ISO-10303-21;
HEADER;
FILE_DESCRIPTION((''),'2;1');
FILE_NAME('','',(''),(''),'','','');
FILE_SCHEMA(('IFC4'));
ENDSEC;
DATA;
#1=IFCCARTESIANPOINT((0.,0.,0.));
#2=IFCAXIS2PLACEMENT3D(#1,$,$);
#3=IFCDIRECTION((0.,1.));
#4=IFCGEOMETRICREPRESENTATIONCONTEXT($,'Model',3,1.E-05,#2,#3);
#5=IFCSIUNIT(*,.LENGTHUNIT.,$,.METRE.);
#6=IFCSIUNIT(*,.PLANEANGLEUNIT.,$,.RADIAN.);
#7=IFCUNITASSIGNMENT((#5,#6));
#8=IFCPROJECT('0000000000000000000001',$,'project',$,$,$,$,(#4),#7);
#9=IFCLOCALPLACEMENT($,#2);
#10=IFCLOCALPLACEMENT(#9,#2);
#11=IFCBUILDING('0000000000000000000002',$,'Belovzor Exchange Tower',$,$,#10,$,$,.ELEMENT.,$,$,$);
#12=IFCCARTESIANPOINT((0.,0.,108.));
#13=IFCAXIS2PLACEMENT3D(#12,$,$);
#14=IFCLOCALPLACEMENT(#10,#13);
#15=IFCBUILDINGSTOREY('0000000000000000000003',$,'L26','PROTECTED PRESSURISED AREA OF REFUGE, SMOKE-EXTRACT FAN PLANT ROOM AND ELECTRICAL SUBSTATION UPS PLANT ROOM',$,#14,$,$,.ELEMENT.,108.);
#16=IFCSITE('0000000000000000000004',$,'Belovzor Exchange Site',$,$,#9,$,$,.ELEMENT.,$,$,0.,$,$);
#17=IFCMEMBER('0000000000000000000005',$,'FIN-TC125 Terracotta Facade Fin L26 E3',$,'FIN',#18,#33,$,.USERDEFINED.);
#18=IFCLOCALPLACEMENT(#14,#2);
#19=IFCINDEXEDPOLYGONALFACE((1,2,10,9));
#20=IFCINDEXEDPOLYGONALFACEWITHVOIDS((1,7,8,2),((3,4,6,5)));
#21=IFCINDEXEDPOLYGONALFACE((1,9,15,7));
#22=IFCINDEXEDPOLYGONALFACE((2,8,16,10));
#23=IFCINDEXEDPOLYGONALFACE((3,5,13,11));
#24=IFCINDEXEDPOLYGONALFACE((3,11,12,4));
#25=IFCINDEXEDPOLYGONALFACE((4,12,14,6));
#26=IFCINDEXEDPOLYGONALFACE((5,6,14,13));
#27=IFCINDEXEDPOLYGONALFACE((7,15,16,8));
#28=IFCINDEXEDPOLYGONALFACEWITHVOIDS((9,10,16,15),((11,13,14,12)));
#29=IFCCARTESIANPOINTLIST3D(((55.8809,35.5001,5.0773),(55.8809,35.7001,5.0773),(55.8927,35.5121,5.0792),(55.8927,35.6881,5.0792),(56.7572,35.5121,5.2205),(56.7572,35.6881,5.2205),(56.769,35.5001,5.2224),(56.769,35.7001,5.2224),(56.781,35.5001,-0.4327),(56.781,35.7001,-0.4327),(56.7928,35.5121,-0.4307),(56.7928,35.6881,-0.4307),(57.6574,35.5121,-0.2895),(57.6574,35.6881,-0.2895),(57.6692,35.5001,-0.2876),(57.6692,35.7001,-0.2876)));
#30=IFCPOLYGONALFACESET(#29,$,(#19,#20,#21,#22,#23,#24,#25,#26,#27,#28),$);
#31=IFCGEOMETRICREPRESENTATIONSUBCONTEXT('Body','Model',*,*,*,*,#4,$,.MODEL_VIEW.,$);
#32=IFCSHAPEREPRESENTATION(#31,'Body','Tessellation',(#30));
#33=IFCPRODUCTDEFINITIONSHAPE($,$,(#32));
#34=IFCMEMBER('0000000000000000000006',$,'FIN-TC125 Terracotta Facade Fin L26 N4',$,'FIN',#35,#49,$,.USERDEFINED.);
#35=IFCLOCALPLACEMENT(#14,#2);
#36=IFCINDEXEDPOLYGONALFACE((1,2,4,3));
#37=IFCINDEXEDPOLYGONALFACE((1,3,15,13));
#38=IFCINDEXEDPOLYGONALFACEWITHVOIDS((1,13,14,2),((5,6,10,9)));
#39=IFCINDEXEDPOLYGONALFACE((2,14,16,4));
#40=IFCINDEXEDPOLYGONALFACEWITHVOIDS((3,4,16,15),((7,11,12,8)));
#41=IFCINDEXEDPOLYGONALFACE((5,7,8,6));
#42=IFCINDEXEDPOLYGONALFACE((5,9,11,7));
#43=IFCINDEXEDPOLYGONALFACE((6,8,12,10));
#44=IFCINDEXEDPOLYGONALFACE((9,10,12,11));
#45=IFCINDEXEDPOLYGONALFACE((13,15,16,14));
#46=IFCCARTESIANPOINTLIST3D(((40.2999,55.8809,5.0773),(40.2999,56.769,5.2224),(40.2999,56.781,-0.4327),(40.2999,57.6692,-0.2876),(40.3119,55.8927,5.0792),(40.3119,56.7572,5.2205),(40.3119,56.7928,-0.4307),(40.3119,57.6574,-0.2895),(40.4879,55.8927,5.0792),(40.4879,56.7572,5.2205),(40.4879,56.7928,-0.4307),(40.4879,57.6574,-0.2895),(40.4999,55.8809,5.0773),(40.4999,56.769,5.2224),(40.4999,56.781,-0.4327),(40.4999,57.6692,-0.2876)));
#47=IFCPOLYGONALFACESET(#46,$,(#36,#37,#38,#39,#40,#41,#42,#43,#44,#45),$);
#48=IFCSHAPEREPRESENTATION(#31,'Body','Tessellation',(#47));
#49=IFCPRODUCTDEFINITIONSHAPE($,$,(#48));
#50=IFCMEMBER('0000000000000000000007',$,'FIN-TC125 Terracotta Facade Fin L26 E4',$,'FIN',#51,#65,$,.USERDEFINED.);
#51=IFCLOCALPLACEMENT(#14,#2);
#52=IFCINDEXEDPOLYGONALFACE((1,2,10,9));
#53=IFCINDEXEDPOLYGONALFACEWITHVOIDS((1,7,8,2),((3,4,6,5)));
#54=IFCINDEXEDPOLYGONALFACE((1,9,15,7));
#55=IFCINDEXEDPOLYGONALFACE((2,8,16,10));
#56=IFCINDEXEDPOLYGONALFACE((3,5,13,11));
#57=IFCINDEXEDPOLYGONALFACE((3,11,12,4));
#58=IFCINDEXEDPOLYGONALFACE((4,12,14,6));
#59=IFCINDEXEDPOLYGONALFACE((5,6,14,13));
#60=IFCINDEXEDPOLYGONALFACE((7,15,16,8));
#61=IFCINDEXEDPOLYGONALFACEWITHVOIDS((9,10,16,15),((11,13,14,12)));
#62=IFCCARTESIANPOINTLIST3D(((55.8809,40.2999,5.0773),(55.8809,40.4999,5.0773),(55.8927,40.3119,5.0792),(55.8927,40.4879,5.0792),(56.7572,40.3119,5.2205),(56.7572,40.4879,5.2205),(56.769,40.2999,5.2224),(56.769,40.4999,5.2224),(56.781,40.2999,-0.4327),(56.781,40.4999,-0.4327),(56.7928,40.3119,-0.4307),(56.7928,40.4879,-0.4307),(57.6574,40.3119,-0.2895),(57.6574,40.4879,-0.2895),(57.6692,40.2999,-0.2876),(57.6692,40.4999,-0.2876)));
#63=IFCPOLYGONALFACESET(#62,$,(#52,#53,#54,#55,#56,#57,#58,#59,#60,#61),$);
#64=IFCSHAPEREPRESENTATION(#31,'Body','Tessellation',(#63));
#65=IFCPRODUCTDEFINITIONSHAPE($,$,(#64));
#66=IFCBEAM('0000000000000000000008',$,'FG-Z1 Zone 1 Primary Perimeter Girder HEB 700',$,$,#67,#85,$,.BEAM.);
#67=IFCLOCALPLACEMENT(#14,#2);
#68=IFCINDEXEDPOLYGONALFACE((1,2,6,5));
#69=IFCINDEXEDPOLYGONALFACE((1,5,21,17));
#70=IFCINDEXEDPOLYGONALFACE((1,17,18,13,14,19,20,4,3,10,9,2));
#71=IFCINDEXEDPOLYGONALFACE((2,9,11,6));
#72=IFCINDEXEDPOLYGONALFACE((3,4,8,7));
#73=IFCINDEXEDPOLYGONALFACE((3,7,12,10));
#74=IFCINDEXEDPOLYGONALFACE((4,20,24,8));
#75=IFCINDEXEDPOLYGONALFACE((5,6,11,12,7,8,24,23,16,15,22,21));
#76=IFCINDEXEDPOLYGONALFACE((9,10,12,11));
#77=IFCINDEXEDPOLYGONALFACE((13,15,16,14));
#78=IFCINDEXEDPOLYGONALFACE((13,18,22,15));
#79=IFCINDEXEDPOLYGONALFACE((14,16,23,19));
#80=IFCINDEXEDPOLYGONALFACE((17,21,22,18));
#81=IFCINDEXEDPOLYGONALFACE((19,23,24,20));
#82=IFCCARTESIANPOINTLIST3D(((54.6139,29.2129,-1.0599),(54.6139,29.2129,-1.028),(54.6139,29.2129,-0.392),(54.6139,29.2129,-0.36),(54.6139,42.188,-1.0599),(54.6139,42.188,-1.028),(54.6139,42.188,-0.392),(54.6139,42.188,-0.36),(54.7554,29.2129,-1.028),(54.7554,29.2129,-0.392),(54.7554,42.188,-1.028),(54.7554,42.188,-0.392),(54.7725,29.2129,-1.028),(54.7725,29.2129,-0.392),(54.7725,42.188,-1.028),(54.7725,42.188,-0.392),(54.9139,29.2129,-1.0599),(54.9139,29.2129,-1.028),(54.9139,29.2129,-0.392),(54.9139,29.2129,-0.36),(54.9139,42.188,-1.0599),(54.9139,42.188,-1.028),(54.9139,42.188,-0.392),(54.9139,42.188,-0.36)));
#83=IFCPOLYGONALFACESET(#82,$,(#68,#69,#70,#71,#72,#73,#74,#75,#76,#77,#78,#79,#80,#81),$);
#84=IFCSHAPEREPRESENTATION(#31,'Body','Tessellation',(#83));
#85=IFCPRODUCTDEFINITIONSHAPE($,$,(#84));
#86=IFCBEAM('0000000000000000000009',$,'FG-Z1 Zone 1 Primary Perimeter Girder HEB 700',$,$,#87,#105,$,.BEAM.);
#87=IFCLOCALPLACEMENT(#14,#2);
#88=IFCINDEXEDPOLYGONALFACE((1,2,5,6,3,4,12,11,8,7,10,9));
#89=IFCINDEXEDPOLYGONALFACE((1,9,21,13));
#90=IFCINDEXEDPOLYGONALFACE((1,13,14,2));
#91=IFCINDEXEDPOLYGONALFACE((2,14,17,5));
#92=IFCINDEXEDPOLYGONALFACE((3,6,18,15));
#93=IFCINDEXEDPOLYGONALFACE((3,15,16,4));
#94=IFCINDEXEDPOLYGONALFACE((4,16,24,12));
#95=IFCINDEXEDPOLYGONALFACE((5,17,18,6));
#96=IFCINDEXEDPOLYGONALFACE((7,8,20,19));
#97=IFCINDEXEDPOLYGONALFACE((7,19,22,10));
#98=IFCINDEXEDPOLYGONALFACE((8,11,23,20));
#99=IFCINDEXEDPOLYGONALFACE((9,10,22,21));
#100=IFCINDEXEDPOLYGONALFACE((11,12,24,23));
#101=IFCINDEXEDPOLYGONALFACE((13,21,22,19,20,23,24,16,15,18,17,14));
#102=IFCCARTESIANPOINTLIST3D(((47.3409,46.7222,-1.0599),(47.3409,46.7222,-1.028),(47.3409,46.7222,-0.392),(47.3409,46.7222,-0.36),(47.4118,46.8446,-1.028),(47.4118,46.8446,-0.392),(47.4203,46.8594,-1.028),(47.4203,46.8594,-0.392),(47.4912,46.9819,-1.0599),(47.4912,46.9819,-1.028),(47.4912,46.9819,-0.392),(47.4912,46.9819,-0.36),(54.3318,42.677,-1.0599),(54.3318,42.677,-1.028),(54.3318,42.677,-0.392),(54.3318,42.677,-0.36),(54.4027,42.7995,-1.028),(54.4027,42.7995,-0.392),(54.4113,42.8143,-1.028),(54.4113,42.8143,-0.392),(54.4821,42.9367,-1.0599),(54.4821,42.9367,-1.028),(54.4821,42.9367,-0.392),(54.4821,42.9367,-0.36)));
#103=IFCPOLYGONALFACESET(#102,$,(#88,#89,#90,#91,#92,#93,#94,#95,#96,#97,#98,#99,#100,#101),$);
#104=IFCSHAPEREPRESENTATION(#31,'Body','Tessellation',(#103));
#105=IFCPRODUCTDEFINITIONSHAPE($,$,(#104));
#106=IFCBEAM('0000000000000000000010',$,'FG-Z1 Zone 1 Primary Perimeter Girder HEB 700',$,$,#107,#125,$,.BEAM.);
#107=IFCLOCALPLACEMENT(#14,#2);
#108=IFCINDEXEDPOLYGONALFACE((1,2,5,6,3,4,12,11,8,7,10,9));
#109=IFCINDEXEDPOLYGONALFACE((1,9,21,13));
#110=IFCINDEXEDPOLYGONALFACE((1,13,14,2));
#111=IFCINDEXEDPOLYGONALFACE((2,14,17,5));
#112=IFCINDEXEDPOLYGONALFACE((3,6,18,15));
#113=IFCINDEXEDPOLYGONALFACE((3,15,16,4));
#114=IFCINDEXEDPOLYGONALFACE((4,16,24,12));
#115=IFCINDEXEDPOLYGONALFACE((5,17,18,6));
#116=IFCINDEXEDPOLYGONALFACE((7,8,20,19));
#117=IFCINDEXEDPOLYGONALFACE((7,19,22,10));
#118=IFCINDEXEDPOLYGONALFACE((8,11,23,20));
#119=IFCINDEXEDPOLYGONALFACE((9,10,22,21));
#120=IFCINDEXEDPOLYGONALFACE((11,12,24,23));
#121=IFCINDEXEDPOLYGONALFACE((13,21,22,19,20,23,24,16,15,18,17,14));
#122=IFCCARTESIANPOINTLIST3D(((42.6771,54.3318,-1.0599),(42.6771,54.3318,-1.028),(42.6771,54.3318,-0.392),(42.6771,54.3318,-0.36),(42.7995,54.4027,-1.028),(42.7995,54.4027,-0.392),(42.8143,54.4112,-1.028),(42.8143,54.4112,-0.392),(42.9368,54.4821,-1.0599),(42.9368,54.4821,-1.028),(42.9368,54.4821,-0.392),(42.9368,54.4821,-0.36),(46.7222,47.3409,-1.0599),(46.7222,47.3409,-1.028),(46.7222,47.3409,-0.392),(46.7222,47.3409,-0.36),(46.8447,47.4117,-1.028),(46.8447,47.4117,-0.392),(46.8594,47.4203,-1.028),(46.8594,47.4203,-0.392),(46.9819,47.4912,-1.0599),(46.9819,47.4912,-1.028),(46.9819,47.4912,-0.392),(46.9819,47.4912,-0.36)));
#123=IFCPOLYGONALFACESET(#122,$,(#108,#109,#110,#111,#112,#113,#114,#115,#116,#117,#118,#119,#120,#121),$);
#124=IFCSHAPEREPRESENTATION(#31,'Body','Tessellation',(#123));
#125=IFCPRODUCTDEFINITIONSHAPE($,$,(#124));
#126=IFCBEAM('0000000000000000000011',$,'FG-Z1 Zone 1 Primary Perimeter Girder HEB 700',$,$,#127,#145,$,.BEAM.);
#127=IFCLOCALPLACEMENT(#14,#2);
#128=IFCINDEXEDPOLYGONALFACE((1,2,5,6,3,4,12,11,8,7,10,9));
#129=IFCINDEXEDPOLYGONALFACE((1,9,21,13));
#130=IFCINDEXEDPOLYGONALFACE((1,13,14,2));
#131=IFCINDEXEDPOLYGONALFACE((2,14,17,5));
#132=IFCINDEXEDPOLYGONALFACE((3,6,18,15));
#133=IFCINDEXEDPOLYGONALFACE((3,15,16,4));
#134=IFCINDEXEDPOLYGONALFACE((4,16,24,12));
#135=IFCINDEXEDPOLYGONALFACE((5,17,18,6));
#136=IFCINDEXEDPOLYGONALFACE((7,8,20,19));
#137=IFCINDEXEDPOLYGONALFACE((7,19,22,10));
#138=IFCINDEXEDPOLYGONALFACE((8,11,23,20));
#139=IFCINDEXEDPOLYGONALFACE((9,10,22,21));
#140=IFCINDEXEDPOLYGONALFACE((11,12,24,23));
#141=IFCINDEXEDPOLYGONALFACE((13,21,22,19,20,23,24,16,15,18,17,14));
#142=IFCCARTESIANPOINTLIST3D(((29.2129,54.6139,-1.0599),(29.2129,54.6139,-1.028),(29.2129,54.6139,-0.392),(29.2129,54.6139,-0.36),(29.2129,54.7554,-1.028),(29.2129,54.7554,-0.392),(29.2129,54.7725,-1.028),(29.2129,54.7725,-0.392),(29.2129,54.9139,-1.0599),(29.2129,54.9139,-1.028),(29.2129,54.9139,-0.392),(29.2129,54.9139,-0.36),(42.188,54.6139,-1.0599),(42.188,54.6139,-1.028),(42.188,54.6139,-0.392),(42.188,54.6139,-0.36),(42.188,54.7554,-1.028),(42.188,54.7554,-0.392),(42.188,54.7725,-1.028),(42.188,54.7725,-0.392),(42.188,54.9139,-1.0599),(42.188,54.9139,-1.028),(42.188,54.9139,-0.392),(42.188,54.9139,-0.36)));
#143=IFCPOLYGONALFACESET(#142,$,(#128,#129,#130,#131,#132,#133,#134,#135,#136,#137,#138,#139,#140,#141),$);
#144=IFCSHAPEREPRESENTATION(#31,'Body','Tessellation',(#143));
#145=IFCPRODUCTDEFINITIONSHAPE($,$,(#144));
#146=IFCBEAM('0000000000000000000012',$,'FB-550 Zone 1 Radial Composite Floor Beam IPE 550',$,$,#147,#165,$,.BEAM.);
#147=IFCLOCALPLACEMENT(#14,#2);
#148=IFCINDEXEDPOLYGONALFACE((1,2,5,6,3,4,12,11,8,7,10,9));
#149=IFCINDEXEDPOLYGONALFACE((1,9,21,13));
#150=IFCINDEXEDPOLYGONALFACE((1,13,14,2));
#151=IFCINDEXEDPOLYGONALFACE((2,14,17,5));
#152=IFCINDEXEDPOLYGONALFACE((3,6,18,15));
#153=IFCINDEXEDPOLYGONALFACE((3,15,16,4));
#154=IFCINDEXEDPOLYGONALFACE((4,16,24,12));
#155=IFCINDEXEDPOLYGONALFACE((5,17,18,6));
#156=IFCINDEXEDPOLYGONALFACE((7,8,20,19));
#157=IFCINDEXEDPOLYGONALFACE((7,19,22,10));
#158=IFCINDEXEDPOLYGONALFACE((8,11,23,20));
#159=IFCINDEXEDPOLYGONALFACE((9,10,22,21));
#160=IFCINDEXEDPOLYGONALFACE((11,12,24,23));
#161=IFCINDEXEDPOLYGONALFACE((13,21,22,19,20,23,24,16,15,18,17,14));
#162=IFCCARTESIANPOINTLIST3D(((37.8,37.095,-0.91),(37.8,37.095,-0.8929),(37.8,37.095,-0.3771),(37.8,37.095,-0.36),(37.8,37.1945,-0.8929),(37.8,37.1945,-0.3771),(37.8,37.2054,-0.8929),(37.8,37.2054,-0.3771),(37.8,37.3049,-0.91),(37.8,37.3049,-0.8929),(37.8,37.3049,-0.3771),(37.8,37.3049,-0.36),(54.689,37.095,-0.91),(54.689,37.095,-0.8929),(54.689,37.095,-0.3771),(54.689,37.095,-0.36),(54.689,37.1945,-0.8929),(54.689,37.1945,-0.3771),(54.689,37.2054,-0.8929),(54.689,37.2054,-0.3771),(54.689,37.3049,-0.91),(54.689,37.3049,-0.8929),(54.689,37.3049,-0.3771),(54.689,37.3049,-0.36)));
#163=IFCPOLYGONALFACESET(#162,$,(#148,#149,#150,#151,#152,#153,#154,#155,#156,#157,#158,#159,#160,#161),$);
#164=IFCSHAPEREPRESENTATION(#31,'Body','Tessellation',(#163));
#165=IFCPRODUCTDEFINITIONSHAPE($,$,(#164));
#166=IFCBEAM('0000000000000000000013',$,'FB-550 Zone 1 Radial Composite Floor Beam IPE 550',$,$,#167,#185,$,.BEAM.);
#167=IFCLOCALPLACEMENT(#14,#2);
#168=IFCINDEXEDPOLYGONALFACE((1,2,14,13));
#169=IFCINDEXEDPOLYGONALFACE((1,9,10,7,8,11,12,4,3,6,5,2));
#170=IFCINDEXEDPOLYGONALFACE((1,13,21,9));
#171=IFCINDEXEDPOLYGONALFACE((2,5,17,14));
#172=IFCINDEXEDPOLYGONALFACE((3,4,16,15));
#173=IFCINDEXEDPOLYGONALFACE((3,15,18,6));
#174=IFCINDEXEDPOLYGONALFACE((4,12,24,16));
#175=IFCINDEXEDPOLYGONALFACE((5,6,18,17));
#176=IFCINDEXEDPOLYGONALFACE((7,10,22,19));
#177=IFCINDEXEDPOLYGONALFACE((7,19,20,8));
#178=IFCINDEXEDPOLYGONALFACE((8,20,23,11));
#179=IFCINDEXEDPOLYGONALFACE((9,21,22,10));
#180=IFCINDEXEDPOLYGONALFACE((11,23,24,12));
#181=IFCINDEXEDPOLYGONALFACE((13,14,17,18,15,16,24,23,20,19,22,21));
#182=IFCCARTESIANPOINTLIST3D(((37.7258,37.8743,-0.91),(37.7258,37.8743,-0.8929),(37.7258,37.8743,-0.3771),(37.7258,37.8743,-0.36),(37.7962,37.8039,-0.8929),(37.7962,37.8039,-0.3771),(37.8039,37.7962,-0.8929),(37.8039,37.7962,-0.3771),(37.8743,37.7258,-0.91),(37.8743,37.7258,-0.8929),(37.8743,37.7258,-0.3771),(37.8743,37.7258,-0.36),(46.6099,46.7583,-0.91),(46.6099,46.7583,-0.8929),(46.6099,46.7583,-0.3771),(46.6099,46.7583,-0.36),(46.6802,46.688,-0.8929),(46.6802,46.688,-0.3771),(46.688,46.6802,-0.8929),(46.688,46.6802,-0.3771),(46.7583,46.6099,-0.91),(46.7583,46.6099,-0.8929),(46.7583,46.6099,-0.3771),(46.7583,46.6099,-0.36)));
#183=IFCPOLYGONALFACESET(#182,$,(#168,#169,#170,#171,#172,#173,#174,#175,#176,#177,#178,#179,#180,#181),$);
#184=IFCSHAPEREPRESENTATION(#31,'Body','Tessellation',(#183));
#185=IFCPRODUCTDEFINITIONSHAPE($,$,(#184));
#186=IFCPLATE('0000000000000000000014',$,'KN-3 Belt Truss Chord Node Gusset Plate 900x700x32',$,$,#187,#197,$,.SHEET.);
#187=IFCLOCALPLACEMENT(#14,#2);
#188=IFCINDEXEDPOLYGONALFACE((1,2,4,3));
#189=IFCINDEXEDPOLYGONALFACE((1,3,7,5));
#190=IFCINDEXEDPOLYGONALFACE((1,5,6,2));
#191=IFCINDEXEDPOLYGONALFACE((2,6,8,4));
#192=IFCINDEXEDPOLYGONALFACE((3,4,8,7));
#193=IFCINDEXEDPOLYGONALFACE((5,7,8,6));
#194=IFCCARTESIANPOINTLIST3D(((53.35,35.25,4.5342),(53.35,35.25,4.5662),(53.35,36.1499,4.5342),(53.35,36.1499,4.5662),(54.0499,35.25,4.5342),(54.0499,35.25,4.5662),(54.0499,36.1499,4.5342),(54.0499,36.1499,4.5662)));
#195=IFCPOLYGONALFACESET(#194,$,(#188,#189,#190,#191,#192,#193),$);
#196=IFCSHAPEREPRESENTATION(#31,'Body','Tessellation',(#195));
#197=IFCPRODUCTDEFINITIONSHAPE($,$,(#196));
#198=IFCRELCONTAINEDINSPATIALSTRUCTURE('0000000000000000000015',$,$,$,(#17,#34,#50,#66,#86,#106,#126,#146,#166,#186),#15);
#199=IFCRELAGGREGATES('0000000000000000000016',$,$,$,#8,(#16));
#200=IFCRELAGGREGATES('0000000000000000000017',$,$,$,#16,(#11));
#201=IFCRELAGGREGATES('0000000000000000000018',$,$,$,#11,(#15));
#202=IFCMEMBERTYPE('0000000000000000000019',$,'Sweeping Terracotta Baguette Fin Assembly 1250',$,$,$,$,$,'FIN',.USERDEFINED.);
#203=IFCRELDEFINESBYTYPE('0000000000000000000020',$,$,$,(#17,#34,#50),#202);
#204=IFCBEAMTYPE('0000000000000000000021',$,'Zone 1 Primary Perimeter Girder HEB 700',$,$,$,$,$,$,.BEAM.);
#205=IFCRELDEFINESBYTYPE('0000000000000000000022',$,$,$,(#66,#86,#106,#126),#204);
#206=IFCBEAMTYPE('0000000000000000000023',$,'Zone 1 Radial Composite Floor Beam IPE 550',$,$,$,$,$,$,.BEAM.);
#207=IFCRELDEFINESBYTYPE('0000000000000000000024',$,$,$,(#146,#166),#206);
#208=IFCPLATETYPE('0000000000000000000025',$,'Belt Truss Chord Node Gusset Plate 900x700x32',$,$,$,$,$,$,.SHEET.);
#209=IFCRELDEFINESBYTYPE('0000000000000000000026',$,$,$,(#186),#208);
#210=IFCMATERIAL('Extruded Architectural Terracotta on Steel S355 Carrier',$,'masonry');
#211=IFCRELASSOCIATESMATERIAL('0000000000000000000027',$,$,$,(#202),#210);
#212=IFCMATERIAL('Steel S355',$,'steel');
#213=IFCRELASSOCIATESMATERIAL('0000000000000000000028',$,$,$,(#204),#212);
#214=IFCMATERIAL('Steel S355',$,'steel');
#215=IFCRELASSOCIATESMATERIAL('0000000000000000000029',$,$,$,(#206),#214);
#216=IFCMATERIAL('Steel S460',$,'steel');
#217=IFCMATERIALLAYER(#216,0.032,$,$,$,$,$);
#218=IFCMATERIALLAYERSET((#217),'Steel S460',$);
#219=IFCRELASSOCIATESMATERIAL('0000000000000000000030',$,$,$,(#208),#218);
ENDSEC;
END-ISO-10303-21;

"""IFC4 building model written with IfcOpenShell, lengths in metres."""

from ifc_helpers import new_model, si_unit, direction, frame, origin, origin_2d, place, context, subcontext, project, spatial, rectangle, hollow_rectangle, i_section, extrude, material, layer, layer_set, material_profile, profile_set, type_object, element, save


model = new_model("IFC4")

# Units and contexts
model_context = context("Model", 3, precision=1e-05, world=origin(), true_north=direction((0.0, 1.0)))
body_context = subcontext(model_context, "Body", "Model", "MODEL_VIEW")
ifc_project = project(units=[si_unit("LENGTHUNIT", "METRE"), si_unit("PLANEANGLEUNIT", "RADIAN")], contexts=[model_context])

# Site, building, storey
site_placement = place(None, origin())
site = spatial("IfcSite", under=ifc_project, at=site_placement, Name="Belovzor Exchange Site", CompositionType="ELEMENT", RefElevation=0.0)
building_placement = place(site_placement, origin())
building = spatial("IfcBuilding", under=site, at=building_placement, Name="Belovzor Exchange Tower", CompositionType="ELEMENT")
storey_placement = place(building_placement, frame((0.0, 0.0, 108.0)))
storey = spatial("IfcBuildingStorey", under=building, at=storey_placement, Name="L26", Description="PROTECTED PRESSURISED AREA OF REFUGE, SMOKE-EXTRACT FAN PLANT ROOM AND ELECTRICAL SUBSTATION UPS PLANT ROOM", CompositionType="ELEMENT", Elevation=108.0)

# Members
ifc_material_1 = material(Name="Extruded Architectural Terracotta on Steel S355 Carrier", Category="masonry")
ifc_material_profile_1 = material_profile(ifc_material_1, hollow_rectangle(XDim=0.2, YDim=0.8999, WallThickness=0.012, at=origin_2d()))
ifc_profile_set_1 = profile_set([ifc_material_profile_1], Name="Extruded Architectural Terracotta on Steel S355 Carrier")
member_type_1 = type_object("IfcMemberType", Name="Sweeping Terracotta Baguette Fin Assembly 1250", ElementType="FIN", PredefinedType="USERDEFINED", material=ifc_profile_set_1)
for number, where, z_axis, x_axis, name in (
    (1, (57.2251, 35.6001, -0.3601), (-0.161228, 0.0, 0.986917), (0.0, -1.0, 0.0), "FIN-TC125 Terracotta Facade Fin L26 E3"),
    (2, (40.3999, 57.2251, -0.3601), (0.0, -0.161228, 0.986917), (1.0, 0.0, 0.0), "FIN-TC125 Terracotta Facade Fin L26 N4"),
    (3, (57.2251, 40.3999, -0.3601), (-0.161228, 0.0, 0.986917), (0.0, -1.0, 0.0), "FIN-TC125 Terracotta Facade Fin L26 E4"),
):
    element("IfcMember", number, at=place(storey_placement, frame(where, z_axis=z_axis, x_axis=x_axis)), inside=storey, type_object=member_type_1, Name=name, ObjectType="FIN", PredefinedType="USERDEFINED", context=body_context, shape_type="SweptSolid", body=[
        extrude(hollow_rectangle(XDim=0.2, YDim=0.8999, WallThickness=0.012, at=origin_2d()), origin(), (0.0, 0.0, 1.0), 5.583),
    ])

# Beams
ifc_material_2 = material(Name="Steel S355", Category="steel")
ifc_material_profile_2 = material_profile(ifc_material_2, i_section(OverallWidth=0.3, OverallDepth=0.7, WebThickness=0.0171, FlangeThickness=0.032, at=origin_2d()))
ifc_profile_set_2 = profile_set([ifc_material_profile_2], Name="Steel S355")
beam_type_1 = type_object("IfcBeamType", Name="Zone 1 Primary Perimeter Girder HEB 700", PredefinedType="BEAM", material=ifc_profile_set_2)
beam_1_placement = place(storey_placement, frame((54.7639, 29.2129, -0.71), z_axis=(0.0, 1.0, 0.0), x_axis=(-1.0, 0.0, 0.0)))
element("IfcBeam", 4, at=beam_1_placement, inside=storey, type_object=beam_type_1, Name="FG-Z1 Zone 1 Primary Perimeter Girder HEB 700", PredefinedType="BEAM", context=body_context, shape_type="SweptSolid", body=[
    extrude(i_section(OverallWidth=0.3, OverallDepth=0.7, WebThickness=0.0171, FlangeThickness=0.032, at=origin_2d()), origin(), (0.0, 0.0, 1.0), 12.9751),
])
for number, where, z_axis, x_axis, name in (
    (5, (54.407, 42.8069, -0.71), (-0.865546, 0.500829, 0.0), (-0.500829, -0.865546, 0.0), "FG-Z1 Zone 1 Primary Perimeter Girder HEB 700"),
    (6, (46.8521, 47.416, -0.71), (-0.500829, 0.865546, 0.0), (-0.865546, -0.500829, 0.0), "FG-Z1 Zone 1 Primary Perimeter Girder HEB 700"),
):
    element("IfcBeam", number, at=place(storey_placement, frame(where, z_axis=z_axis, x_axis=x_axis)), inside=storey, type_object=beam_type_1, Name=name, PredefinedType="BEAM", context=body_context, shape_type="SweptSolid", body=[
        extrude(i_section(OverallWidth=0.3, OverallDepth=0.7, WebThickness=0.0171, FlangeThickness=0.032, at=origin_2d()), origin(), (0.0, 0.0, 1.0), 8.0769),
    ])
beam_2_placement = place(storey_placement, frame((42.188, 54.7639, -0.71), z_axis=(-1.0, 0.0, 0.0), x_axis=(0.0, -1.0, 0.0)))
element("IfcBeam", 7, at=beam_2_placement, inside=storey, type_object=beam_type_1, Name="FG-Z1 Zone 1 Primary Perimeter Girder HEB 700", PredefinedType="BEAM", context=body_context, shape_type="SweptSolid", body=[
    extrude(i_section(OverallWidth=0.3, OverallDepth=0.7, WebThickness=0.0171, FlangeThickness=0.032, at=origin_2d()), origin(), (0.0, 0.0, 1.0), 12.9751),
])
ifc_material_3 = material(Name="Steel S355", Category="steel")
ifc_material_profile_3 = material_profile(ifc_material_3, i_section(OverallWidth=0.21, OverallDepth=0.55, WebThickness=0.011, FlangeThickness=0.0171, at=origin_2d()))
ifc_profile_set_3 = profile_set([ifc_material_profile_3], Name="Steel S355")
beam_type_2 = type_object("IfcBeamType", Name="Zone 1 Radial Composite Floor Beam IPE 550", PredefinedType="BEAM", material=ifc_profile_set_3)
beam_3_placement = place(storey_placement, frame((37.8, 37.2, -0.635), z_axis=(1.0, 0.0, 0.0), x_axis=(0.0, 1.0, 0.0)))
element("IfcBeam", 8, at=beam_3_placement, inside=storey, type_object=beam_type_2, Name="FB-550 Zone 1 Radial Composite Floor Beam IPE 550", PredefinedType="BEAM", context=body_context, shape_type="SweptSolid", body=[
    extrude(i_section(OverallWidth=0.21, OverallDepth=0.55, WebThickness=0.011, FlangeThickness=0.0171, at=origin_2d()), origin(), (0.0, 0.0, 1.0), 16.8889),
])
beam_4_placement = place(storey_placement, frame((37.8, 37.8, -0.635), z_axis=(0.707107, 0.707107, 0.0), x_axis=(-0.707107, 0.707107, 0.0)))
element("IfcBeam", 9, at=beam_4_placement, inside=storey, type_object=beam_type_2, Name="FB-550 Zone 1 Radial Composite Floor Beam IPE 550", PredefinedType="BEAM", context=body_context, shape_type="SweptSolid", body=[
    extrude(i_section(OverallWidth=0.21, OverallDepth=0.55, WebThickness=0.011, FlangeThickness=0.0171, at=origin_2d()), origin(), (0.0, 0.0, 1.0), 12.564),
])

# Plate
ifc_material_4 = material(Name="Steel S460", Category="steel")
ifc_layer_1 = layer(ifc_material_4, 0.032)
ifc_layer_set_1 = layer_set([ifc_layer_1], Name="Steel S460")
plate_type_1 = type_object("IfcPlateType", Name="Belt Truss Chord Node Gusset Plate 900x700x32", PredefinedType="SHEET", material=ifc_layer_set_1)
plate_placement = place(storey_placement, frame((53.7, 35.7, 4.5342), z_axis=(0.0, 0.0, 1.0), x_axis=(0.0, 1.0, 0.0)))
element("IfcPlate", 10, at=plate_placement, inside=storey, type_object=plate_type_1, Name="KN-3 Belt Truss Chord Node Gusset Plate 900x700x32", PredefinedType="SHEET", context=body_context, shape_type="SweptSolid", body=[
    extrude(rectangle(XDim=0.8999, YDim=0.7, at=origin_2d()), origin(), (0.0, 0.0, 1.0), 0.032),
])

save(model, "model.ifc")
